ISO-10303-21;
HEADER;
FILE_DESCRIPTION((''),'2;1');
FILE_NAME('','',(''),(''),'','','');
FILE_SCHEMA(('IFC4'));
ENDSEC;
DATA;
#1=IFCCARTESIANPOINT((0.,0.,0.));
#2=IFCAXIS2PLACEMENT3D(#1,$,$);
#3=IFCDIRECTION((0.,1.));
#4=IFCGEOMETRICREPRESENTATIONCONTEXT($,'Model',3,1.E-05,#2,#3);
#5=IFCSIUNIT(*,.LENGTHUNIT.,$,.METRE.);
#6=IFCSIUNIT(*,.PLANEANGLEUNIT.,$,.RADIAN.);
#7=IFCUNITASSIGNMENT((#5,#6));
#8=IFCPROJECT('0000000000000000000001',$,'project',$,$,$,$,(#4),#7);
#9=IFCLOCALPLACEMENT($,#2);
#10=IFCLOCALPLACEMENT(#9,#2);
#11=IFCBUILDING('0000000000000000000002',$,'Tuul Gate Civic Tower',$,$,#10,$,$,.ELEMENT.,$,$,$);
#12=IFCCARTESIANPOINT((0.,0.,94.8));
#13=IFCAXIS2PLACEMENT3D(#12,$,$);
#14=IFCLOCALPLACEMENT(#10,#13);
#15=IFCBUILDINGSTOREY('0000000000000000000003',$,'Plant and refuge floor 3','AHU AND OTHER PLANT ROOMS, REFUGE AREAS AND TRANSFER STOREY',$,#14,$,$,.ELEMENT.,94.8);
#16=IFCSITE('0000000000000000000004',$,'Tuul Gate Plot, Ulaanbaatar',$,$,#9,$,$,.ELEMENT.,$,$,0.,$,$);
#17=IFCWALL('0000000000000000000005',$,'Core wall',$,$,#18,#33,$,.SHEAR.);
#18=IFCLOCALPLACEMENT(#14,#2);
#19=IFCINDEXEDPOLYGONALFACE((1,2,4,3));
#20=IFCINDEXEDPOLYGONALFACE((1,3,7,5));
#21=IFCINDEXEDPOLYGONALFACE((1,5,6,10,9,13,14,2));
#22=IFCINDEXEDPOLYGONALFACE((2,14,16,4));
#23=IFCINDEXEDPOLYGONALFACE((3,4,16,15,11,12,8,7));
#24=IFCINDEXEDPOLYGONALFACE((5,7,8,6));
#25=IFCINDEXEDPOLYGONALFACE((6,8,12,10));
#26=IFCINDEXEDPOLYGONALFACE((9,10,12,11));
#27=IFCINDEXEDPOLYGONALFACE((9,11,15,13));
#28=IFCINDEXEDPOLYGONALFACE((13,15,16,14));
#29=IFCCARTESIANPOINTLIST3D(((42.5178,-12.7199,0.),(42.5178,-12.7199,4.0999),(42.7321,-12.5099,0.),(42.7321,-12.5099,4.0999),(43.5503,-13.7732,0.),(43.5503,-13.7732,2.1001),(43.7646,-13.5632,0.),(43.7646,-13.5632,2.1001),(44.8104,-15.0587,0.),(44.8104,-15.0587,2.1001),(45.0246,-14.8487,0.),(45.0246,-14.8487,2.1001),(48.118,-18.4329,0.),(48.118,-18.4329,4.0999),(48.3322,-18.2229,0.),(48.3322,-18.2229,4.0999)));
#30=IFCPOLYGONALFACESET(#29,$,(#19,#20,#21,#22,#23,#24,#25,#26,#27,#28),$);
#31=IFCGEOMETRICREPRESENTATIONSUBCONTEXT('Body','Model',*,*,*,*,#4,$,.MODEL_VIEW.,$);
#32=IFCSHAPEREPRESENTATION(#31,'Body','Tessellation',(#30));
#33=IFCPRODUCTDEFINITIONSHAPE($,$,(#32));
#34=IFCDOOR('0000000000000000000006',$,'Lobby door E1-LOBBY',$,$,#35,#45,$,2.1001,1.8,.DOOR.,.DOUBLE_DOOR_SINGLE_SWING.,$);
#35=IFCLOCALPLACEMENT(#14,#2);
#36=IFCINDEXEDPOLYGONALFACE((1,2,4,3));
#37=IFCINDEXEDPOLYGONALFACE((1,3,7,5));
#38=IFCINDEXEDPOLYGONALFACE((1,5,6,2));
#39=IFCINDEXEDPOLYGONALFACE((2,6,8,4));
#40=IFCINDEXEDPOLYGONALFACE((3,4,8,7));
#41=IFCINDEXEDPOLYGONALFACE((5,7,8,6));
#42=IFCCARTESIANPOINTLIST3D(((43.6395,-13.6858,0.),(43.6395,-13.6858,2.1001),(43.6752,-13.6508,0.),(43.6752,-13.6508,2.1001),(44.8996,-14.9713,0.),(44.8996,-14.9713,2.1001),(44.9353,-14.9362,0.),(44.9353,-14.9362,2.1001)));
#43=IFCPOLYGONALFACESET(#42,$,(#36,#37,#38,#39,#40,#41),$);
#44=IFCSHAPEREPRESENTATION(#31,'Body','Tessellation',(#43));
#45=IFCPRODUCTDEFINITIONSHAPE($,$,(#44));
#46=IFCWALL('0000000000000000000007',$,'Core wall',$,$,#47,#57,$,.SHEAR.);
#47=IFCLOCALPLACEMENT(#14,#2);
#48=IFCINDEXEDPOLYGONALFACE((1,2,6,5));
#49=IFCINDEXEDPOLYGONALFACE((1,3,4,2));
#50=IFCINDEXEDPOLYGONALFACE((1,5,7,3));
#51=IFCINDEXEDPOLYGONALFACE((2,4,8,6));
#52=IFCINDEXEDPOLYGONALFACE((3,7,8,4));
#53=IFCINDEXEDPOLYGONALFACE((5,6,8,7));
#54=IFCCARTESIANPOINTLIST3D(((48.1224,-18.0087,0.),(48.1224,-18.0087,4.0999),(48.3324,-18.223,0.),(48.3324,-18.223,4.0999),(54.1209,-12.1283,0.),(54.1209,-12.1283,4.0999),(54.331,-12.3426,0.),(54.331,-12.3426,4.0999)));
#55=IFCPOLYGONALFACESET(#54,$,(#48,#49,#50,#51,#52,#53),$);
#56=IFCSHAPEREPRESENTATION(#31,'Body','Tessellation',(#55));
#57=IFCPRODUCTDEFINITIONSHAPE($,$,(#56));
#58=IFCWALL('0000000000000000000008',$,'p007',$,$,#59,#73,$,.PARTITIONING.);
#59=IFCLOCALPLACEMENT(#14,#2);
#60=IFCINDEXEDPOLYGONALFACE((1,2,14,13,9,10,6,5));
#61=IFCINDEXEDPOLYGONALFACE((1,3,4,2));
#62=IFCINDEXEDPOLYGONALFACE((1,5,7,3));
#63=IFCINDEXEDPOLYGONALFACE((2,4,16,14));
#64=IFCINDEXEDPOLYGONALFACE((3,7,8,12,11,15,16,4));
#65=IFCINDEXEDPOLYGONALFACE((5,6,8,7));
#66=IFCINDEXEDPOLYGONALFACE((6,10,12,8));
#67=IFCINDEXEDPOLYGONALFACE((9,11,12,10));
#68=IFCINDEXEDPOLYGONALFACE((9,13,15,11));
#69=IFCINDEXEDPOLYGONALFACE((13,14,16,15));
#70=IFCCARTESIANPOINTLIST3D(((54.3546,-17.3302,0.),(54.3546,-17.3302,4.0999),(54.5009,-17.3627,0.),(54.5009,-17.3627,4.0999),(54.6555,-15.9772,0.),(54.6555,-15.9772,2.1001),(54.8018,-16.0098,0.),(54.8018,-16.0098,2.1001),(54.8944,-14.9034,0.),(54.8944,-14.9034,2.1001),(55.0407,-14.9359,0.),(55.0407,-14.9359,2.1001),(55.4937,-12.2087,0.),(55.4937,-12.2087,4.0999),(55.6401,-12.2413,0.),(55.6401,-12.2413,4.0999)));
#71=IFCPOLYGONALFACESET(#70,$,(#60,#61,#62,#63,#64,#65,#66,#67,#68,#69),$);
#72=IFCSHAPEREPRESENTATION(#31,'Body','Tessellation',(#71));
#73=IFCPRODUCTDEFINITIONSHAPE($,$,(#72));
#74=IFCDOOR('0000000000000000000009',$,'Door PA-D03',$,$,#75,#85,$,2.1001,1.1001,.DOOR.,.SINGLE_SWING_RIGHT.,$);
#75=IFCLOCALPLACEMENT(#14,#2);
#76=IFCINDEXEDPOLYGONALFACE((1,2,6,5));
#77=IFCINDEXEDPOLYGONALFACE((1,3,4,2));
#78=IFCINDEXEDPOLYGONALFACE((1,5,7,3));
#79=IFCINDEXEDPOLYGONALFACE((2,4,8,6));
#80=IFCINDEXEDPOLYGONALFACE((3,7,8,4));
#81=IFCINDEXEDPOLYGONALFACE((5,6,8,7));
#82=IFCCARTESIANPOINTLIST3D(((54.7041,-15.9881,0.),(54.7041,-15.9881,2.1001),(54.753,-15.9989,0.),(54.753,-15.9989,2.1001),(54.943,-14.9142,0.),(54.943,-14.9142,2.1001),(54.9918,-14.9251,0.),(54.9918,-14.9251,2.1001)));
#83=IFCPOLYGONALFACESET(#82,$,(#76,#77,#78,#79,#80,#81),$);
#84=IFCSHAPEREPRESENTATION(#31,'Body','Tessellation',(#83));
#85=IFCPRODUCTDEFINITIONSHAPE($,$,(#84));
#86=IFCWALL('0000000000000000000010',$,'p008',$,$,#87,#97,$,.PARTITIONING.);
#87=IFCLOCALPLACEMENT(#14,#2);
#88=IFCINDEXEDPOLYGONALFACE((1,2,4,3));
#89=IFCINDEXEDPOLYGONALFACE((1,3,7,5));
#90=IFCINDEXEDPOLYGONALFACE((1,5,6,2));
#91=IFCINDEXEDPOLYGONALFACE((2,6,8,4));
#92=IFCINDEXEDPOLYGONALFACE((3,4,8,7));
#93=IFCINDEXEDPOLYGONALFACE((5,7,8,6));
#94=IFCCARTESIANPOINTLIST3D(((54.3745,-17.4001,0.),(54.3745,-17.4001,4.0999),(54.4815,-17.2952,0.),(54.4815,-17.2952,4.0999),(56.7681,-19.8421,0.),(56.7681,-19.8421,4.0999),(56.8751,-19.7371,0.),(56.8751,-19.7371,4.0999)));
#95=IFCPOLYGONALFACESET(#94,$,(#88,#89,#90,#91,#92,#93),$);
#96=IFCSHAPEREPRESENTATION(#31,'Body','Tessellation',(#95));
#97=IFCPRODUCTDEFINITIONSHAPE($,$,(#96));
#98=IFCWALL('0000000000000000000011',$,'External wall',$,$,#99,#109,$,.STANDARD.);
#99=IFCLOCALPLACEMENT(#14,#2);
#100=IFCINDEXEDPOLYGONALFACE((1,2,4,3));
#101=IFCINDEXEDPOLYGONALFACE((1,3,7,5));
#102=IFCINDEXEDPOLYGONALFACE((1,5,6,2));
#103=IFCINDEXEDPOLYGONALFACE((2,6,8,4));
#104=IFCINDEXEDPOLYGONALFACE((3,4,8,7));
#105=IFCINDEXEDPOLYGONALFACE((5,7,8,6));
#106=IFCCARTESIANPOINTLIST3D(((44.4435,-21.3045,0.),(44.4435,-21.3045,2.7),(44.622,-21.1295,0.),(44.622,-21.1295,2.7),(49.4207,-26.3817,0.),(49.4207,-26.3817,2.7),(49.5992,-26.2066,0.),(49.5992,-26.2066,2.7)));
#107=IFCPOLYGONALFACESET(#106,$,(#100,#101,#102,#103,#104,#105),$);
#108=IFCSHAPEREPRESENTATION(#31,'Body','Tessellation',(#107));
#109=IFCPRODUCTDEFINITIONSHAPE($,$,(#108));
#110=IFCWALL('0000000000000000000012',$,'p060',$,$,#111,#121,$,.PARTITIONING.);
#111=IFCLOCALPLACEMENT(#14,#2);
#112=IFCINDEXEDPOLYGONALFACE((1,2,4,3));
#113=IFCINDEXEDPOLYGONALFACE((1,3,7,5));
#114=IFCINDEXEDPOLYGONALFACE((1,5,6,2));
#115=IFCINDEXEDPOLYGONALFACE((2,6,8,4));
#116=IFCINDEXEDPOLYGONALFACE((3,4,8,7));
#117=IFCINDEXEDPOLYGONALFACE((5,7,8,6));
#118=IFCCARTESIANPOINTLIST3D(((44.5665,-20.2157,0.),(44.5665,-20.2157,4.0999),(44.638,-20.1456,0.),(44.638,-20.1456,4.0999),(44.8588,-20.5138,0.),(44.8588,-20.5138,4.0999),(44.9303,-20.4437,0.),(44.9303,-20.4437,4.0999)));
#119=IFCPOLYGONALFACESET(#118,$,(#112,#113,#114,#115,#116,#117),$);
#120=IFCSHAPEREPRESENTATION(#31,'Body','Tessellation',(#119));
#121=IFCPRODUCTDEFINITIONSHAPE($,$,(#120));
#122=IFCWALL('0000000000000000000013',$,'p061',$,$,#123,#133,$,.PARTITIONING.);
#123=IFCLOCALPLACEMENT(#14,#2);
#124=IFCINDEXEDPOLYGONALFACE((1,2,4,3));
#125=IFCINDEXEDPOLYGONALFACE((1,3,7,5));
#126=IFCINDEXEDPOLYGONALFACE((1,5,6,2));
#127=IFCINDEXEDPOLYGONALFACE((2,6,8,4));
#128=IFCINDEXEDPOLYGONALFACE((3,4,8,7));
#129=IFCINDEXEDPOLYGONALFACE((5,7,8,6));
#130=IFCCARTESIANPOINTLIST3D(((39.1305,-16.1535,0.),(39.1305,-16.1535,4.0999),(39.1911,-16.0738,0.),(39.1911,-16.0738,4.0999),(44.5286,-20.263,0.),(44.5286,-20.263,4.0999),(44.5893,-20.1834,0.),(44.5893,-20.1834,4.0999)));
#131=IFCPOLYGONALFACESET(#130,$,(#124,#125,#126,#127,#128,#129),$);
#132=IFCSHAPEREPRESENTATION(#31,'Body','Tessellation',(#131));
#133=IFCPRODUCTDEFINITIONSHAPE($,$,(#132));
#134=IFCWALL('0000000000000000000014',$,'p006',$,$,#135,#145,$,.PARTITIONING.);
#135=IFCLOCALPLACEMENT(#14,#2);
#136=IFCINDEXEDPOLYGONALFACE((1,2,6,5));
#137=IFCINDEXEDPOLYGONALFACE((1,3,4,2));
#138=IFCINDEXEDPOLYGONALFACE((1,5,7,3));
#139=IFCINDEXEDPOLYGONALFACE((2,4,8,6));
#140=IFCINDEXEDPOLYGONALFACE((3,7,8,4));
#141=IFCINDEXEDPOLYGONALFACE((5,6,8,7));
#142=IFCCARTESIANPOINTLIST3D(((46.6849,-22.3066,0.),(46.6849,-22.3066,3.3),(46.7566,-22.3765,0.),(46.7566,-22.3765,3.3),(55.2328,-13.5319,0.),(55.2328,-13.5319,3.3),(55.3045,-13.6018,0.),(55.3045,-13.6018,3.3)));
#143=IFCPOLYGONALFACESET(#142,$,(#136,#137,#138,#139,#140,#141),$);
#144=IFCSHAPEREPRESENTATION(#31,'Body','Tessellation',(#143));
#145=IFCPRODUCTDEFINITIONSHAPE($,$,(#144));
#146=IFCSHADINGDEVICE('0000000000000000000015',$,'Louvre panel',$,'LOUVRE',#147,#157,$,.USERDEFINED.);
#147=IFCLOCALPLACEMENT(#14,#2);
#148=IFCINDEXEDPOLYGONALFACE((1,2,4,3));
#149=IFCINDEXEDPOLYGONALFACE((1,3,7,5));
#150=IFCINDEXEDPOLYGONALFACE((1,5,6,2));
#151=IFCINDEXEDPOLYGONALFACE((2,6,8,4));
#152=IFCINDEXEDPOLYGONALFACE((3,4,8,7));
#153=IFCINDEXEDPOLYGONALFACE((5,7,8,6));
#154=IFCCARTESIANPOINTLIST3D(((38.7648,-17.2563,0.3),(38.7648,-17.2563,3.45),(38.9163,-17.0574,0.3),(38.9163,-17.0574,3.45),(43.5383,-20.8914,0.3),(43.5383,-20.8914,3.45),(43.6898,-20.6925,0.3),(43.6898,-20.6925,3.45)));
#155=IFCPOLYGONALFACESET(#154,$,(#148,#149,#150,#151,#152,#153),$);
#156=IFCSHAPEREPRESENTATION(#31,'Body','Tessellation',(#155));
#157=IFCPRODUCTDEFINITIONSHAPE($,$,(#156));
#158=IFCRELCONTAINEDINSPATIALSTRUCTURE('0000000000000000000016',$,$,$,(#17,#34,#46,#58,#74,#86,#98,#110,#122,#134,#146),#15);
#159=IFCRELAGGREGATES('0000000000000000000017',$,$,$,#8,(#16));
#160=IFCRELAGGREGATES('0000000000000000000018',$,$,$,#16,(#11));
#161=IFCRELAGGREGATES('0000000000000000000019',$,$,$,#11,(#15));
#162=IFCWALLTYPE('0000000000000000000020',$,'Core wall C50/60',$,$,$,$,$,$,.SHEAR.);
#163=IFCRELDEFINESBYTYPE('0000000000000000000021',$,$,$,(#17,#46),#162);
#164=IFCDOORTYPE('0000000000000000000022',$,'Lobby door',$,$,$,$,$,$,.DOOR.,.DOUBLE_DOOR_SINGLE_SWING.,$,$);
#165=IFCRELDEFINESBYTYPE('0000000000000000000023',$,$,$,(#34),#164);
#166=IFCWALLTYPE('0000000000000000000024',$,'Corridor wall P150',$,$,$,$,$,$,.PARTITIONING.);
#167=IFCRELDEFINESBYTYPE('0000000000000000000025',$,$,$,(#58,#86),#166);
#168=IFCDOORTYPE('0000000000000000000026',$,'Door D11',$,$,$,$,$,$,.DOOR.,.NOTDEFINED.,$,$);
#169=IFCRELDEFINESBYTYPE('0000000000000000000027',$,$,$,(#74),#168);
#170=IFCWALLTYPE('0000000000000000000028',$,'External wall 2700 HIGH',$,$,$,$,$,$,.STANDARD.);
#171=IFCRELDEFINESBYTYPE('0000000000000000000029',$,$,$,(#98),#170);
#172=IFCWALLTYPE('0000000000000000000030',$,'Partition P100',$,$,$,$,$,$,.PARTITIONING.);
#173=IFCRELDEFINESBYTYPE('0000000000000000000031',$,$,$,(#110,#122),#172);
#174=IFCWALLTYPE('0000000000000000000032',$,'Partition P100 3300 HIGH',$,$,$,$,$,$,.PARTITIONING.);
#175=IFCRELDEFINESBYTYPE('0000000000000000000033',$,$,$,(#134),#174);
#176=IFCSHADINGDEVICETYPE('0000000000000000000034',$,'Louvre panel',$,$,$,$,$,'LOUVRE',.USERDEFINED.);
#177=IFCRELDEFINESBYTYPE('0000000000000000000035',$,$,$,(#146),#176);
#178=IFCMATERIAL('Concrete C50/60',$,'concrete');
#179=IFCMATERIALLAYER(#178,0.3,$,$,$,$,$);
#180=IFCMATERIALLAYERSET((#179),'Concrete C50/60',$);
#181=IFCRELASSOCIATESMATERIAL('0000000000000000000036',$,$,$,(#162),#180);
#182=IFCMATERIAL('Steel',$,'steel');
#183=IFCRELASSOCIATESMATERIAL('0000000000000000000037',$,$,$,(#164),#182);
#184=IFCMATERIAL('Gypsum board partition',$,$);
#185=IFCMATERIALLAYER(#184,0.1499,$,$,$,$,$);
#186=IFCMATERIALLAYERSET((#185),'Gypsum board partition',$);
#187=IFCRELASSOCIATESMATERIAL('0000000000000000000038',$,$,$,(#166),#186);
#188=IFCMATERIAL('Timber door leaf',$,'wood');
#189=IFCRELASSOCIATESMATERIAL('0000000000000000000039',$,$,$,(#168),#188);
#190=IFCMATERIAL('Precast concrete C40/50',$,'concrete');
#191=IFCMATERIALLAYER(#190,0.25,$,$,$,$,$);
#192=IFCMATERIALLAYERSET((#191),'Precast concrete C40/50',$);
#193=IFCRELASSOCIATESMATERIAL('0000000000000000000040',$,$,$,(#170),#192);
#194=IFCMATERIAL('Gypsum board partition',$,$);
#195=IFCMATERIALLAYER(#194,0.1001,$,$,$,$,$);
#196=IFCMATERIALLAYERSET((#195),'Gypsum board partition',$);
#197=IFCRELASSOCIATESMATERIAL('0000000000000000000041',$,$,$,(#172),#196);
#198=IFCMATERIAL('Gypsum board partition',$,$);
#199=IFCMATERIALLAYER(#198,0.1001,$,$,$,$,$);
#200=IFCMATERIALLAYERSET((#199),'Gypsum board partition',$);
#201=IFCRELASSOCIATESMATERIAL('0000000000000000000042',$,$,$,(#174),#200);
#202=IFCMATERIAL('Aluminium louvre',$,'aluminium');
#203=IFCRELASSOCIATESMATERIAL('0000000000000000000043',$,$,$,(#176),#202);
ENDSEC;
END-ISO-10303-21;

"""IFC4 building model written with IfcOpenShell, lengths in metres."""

from ifc_helpers import new_model, si_unit, direction, frame, frame_2d, origin, origin_2d, place, context, subcontext, project, spatial, rectangle, extrude, material, layer, layer_set, type_object, element, fill, save


model = new_model("IFC4")

# Units and contexts
model_context = context("Model", 3, precision=1e-05, world=origin(), true_north=direction((0.0, 1.0)))
body_context = subcontext(model_context, "Body", "Model", "MODEL_VIEW")
ifc_project = project(units=[si_unit("LENGTHUNIT", "METRE"), si_unit("PLANEANGLEUNIT", "RADIAN")], contexts=[model_context])

# Site, building, storey
site_placement = place(None, origin())
site = spatial("IfcSite", under=ifc_project, at=site_placement, Name="Tuul Gate Plot, Ulaanbaatar", CompositionType="ELEMENT", RefElevation=0.0)
building_placement = place(site_placement, origin())
building = spatial("IfcBuilding", under=site, at=building_placement, Name="Tuul Gate Civic Tower", CompositionType="ELEMENT")
storey_placement = place(building_placement, frame((0.0, 0.0, 94.8)))
storey = spatial("IfcBuildingStorey", under=building, at=storey_placement, Name="Plant and refuge floor 3", Description="AHU AND OTHER PLANT ROOMS, REFUGE AREAS AND TRANSFER STOREY", CompositionType="ELEMENT", Elevation=94.8)

# Wall, opening, door
ifc_material_1 = material(Name="Concrete C50/60", Category="concrete")
ifc_layer_1 = layer(ifc_material_1, 0.3)
ifc_layer_set_1 = layer_set([ifc_layer_1], Name="Concrete C50/60")
wall_type_1 = type_object("IfcWallType", Name="Core wall C50/60", PredefinedType="SHEAR", material=ifc_layer_set_1)
wall_1_placement = place(storey_placement, frame((48.2251, -18.3279, 0.0), z_axis=(0.0, 0.0, 1.0), x_axis=(-0.700022, 0.714121, 0.0)))
wall_1 = element("IfcWall", 1, at=wall_1_placement, inside=storey, type_object=wall_type_1, Name="Core wall", PredefinedType="SHEAR", context=body_context, shape_type="SweptSolid", body=[
    extrude(rectangle(XDim=8.0, YDim=0.3, at=frame_2d((4.0, 0.0))), origin(), (0.0, 0.0, 1.0), 4.0999),
])
opening_1_placement = place(wall_1_placement, frame((4.7251, 0.0, 0.0)))
opening_1 = element("IfcOpeningElement", 2, at=opening_1_placement, cuts=wall_1, PredefinedType="OPENING", context=body_context, shape_type="SweptSolid", body=[
    extrude(rectangle(XDim=1.8, YDim=2.1001, at=frame_2d((0.8999, 1.05))), frame((0.0, 0.1602, 0.0), z_axis=(0.0, -1.0, 0.0), x_axis=(1.0, 0.0, 0.0)), (0.0, 0.0, 1.0), 0.3201),
])
ifc_material_2 = material(Name="Steel", Category="steel")
door_type_1 = type_object("IfcDoorType", Name="Lobby door", OperationType="DOUBLE_DOOR_SINGLE_SWING", PredefinedType="DOOR", material=ifc_material_2)
door_1_placement = place(opening_1_placement, frame((1.8, 0.0, 0.0), z_axis=(0.0, 0.0, 1.0), x_axis=(-1.0, 0.0, 0.0)))
door_1 = element("IfcDoor", 3, at=door_1_placement, inside=storey, type_object=door_type_1, Name="Lobby door E1-LOBBY", OperationType="DOUBLE_DOOR_SINGLE_SWING", OverallHeight=2.1001, OverallWidth=1.8, PredefinedType="DOOR", context=body_context, shape_type="SweptSolid", body=[
    extrude(rectangle(XDim=1.8, YDim=2.1001, at=frame_2d((0.9001, 1.05))), frame((0.0, 0.0249, 0.0), z_axis=(0.0, -1.0, 0.0), x_axis=(1.0, 0.0, 0.0)), (0.0, 0.0, 1.0), 0.05),
])
fill(opening_1, door_1)

# Wall
wall_2_placement = place(storey_placement, frame((48.2273, -18.116, 0.0), z_axis=(0.0, 0.0, 1.0), x_axis=(0.714105, 0.700038, 0.0)))
element("IfcWall", 4, at=wall_2_placement, inside=storey, type_object=wall_type_1, Name="Core wall", PredefinedType="SHEAR", context=body_context, shape_type="SweptSolid", body=[
    extrude(rectangle(XDim=8.4001, YDim=0.3, at=frame_2d((4.2002, 0.0))), origin(), (0.0, 0.0, 1.0), 4.0999),
])

# Wall, opening, door
ifc_material_3 = material(Name="Gypsum board partition")
ifc_layer_2 = layer(ifc_material_3, 0.1499)
ifc_layer_set_2 = layer_set([ifc_layer_2], Name="Gypsum board partition")
wall_type_2 = type_object("IfcWallType", Name="Corridor wall P150", PredefinedType="PARTITIONING", material=ifc_layer_set_2)
wall_3_placement = place(storey_placement, frame((54.4277, -17.3464, 0.0), z_axis=(0.0, 0.0, 1.0), x_axis=(0.217128, 0.976143, 0.0)))
wall_3 = element("IfcWall", 5, at=wall_3_placement, inside=storey, type_object=wall_type_2, Name="p007", PredefinedType="PARTITIONING", context=body_context, shape_type="SweptSolid", body=[
    extrude(rectangle(XDim=5.2466, YDim=0.1499, at=frame_2d((2.6233, 0.0))), origin(), (0.0, 0.0, 1.0), 4.0999),
])
opening_2_placement = place(wall_3_placement, frame((1.386, 0.0, 0.0)))
opening_2 = element("IfcOpeningElement", 6, at=opening_2_placement, cuts=wall_3, PredefinedType="OPENING", context=body_context, shape_type="SweptSolid", body=[
    extrude(rectangle(XDim=1.1001, YDim=2.1001, at=frame_2d((0.55, 1.05))), frame((0.0, 0.085, 0.0), z_axis=(0.0, -1.0, 0.0), x_axis=(1.0, 0.0, 0.0)), (0.0, 0.0, 1.0), 0.1699),
])
ifc_material_4 = material(Name="Timber door leaf", Category="wood")
door_type_2 = type_object("IfcDoorType", Name="Door D11", OperationType="NOTDEFINED", PredefinedType="DOOR", material=ifc_material_4)
door_2_placement = place(opening_2_placement, frame((1.1001, 0.0, 0.0), z_axis=(0.0, 0.0, 1.0), x_axis=(-1.0, 0.0, 0.0)))
door_2 = element("IfcDoor", 7, at=door_2_placement, inside=storey, type_object=door_type_2, Name="Door PA-D03", OperationType="SINGLE_SWING_RIGHT", OverallHeight=2.1001, OverallWidth=1.1001, PredefinedType="DOOR", context=body_context, shape_type="SweptSolid", body=[
    extrude(rectangle(XDim=1.1001, YDim=2.1001, at=frame_2d((0.55, 1.05))), frame((0.0, 0.0249, 0.0), z_axis=(0.0, -1.0, 0.0), x_axis=(1.0, 0.0, 0.0)), (0.0, 0.0, 1.0), 0.05),
])
fill(opening_2, door_2)

# Walls
wall_4_placement = place(storey_placement, frame((54.428, -17.3477, 0.0), z_axis=(0.0, 0.0, 1.0), x_axis=(0.700003, -0.71414, 0.0)))
element("IfcWall", 8, at=wall_4_placement, inside=storey, type_object=wall_type_2, Name="p008", PredefinedType="PARTITIONING", context=body_context, shape_type="SweptSolid", body=[
    extrude(rectangle(XDim=3.4194, YDim=0.1499, at=frame_2d((1.7097, 0.0))), origin(), (0.0, 0.0, 1.0), 4.0999),
])
ifc_material_5 = material(Name="Precast concrete C40/50", Category="concrete")
ifc_layer_3 = layer(ifc_material_5, 0.25)
ifc_layer_set_3 = layer_set([ifc_layer_3], Name="Precast concrete C40/50")
wall_type_3 = type_object("IfcWallType", Name="External wall 2700 HIGH", PredefinedType="STANDARD", material=ifc_layer_set_3)
wall_5_placement = place(storey_placement, frame((44.5327, -21.217, 0.0), z_axis=(0.0, 0.0, 1.0), x_axis=(0.70005, -0.714094, 0.0)))
element("IfcWall", 9, at=wall_5_placement, inside=storey, type_object=wall_type_3, Name="External wall", PredefinedType="STANDARD", context=body_context, shape_type="SweptSolid", body=[
    extrude(rectangle(XDim=7.1099, YDim=0.25, at=frame_2d((3.5549, 0.0))), origin(), (0.0, 0.0, 1.0), 2.7),
])
ifc_material_6 = material(Name="Gypsum board partition")
ifc_layer_4 = layer(ifc_material_6, 0.1001)
ifc_layer_set_4 = layer_set([ifc_layer_4], Name="Gypsum board partition")
wall_type_4 = type_object("IfcWallType", Name="Partition P100", PredefinedType="PARTITIONING", material=ifc_layer_set_4)
wall_6_placement = place(storey_placement, frame((44.8945, -20.4788, 0.0), z_axis=(0.0, 0.0, 1.0), x_axis=(-0.700054, 0.71409, 0.0)))
element("IfcWall", 10, at=wall_6_placement, inside=storey, type_object=wall_type_4, Name="p060", PredefinedType="PARTITIONING", context=body_context, shape_type="SweptSolid", body=[
    extrude(rectangle(XDim=0.4175, YDim=0.1001, at=frame_2d((0.2087, 0.0))), origin(), (0.0, 0.0, 1.0), 4.0999),
])
wall_7_placement = place(storey_placement, frame((44.5588, -20.2231, 0.0), z_axis=(0.0, 0.0, 1.0), x_axis=(-0.795665, 0.605736, 0.0)))
element("IfcWall", 11, at=wall_7_placement, inside=storey, type_object=wall_type_4, Name="p061", PredefinedType="PARTITIONING", context=body_context, shape_type="SweptSolid", body=[
    extrude(rectangle(XDim=6.7844, YDim=0.1001, at=frame_2d((3.3921, 0.0))), origin(), (0.0, 0.0, 1.0), 4.0999),
])
ifc_material_7 = material(Name="Gypsum board partition")
ifc_layer_5 = layer(ifc_material_7, 0.1001)
ifc_layer_set_5 = layer_set([ifc_layer_5], Name="Gypsum board partition")
wall_type_5 = type_object("IfcWallType", Name="Partition P100 3300 HIGH", PredefinedType="PARTITIONING", material=ifc_layer_set_5)
wall_8_placement = place(storey_placement, frame((46.7207, -22.3416, 0.0), z_axis=(0.0, 0.0, 1.0), x_axis=(0.697789, 0.716304, 0.0)))
element("IfcWall", 12, at=wall_8_placement, inside=storey, type_object=wall_type_5, Name="p006", PredefinedType="PARTITIONING", context=body_context, shape_type="SweptSolid", body=[
    extrude(rectangle(XDim=12.25, YDim=0.1001, at=frame_2d((6.125, 0.0))), origin(), (0.0, 0.0, 1.0), 3.3),
])

# Shading device
ifc_material_8 = material(Name="Aluminium louvre", Category="aluminium")
shading_device_type = type_object("IfcShadingDeviceType", Name="Louvre panel", ElementType="LOUVRE", PredefinedType="USERDEFINED", material=ifc_material_8)
shading_device_placement = place(storey_placement, frame((41.2273, -18.9744, 0.3), z_axis=(0.0, 0.0, 1.0), x_axis=(-0.605851, -0.795578, 0.0)))
element("IfcShadingDevice", 13, at=shading_device_placement, inside=storey, type_object=shading_device_type, Name="Louvre panel", ObjectType="LOUVRE", PredefinedType="USERDEFINED", context=body_context, shape_type="SweptSolid", body=[
    extrude(rectangle(XDim=0.25, YDim=6.0, at=origin_2d()), origin(), (0.0, 0.0, 1.0), 3.1499),
])

save(model, "model.ifc")
